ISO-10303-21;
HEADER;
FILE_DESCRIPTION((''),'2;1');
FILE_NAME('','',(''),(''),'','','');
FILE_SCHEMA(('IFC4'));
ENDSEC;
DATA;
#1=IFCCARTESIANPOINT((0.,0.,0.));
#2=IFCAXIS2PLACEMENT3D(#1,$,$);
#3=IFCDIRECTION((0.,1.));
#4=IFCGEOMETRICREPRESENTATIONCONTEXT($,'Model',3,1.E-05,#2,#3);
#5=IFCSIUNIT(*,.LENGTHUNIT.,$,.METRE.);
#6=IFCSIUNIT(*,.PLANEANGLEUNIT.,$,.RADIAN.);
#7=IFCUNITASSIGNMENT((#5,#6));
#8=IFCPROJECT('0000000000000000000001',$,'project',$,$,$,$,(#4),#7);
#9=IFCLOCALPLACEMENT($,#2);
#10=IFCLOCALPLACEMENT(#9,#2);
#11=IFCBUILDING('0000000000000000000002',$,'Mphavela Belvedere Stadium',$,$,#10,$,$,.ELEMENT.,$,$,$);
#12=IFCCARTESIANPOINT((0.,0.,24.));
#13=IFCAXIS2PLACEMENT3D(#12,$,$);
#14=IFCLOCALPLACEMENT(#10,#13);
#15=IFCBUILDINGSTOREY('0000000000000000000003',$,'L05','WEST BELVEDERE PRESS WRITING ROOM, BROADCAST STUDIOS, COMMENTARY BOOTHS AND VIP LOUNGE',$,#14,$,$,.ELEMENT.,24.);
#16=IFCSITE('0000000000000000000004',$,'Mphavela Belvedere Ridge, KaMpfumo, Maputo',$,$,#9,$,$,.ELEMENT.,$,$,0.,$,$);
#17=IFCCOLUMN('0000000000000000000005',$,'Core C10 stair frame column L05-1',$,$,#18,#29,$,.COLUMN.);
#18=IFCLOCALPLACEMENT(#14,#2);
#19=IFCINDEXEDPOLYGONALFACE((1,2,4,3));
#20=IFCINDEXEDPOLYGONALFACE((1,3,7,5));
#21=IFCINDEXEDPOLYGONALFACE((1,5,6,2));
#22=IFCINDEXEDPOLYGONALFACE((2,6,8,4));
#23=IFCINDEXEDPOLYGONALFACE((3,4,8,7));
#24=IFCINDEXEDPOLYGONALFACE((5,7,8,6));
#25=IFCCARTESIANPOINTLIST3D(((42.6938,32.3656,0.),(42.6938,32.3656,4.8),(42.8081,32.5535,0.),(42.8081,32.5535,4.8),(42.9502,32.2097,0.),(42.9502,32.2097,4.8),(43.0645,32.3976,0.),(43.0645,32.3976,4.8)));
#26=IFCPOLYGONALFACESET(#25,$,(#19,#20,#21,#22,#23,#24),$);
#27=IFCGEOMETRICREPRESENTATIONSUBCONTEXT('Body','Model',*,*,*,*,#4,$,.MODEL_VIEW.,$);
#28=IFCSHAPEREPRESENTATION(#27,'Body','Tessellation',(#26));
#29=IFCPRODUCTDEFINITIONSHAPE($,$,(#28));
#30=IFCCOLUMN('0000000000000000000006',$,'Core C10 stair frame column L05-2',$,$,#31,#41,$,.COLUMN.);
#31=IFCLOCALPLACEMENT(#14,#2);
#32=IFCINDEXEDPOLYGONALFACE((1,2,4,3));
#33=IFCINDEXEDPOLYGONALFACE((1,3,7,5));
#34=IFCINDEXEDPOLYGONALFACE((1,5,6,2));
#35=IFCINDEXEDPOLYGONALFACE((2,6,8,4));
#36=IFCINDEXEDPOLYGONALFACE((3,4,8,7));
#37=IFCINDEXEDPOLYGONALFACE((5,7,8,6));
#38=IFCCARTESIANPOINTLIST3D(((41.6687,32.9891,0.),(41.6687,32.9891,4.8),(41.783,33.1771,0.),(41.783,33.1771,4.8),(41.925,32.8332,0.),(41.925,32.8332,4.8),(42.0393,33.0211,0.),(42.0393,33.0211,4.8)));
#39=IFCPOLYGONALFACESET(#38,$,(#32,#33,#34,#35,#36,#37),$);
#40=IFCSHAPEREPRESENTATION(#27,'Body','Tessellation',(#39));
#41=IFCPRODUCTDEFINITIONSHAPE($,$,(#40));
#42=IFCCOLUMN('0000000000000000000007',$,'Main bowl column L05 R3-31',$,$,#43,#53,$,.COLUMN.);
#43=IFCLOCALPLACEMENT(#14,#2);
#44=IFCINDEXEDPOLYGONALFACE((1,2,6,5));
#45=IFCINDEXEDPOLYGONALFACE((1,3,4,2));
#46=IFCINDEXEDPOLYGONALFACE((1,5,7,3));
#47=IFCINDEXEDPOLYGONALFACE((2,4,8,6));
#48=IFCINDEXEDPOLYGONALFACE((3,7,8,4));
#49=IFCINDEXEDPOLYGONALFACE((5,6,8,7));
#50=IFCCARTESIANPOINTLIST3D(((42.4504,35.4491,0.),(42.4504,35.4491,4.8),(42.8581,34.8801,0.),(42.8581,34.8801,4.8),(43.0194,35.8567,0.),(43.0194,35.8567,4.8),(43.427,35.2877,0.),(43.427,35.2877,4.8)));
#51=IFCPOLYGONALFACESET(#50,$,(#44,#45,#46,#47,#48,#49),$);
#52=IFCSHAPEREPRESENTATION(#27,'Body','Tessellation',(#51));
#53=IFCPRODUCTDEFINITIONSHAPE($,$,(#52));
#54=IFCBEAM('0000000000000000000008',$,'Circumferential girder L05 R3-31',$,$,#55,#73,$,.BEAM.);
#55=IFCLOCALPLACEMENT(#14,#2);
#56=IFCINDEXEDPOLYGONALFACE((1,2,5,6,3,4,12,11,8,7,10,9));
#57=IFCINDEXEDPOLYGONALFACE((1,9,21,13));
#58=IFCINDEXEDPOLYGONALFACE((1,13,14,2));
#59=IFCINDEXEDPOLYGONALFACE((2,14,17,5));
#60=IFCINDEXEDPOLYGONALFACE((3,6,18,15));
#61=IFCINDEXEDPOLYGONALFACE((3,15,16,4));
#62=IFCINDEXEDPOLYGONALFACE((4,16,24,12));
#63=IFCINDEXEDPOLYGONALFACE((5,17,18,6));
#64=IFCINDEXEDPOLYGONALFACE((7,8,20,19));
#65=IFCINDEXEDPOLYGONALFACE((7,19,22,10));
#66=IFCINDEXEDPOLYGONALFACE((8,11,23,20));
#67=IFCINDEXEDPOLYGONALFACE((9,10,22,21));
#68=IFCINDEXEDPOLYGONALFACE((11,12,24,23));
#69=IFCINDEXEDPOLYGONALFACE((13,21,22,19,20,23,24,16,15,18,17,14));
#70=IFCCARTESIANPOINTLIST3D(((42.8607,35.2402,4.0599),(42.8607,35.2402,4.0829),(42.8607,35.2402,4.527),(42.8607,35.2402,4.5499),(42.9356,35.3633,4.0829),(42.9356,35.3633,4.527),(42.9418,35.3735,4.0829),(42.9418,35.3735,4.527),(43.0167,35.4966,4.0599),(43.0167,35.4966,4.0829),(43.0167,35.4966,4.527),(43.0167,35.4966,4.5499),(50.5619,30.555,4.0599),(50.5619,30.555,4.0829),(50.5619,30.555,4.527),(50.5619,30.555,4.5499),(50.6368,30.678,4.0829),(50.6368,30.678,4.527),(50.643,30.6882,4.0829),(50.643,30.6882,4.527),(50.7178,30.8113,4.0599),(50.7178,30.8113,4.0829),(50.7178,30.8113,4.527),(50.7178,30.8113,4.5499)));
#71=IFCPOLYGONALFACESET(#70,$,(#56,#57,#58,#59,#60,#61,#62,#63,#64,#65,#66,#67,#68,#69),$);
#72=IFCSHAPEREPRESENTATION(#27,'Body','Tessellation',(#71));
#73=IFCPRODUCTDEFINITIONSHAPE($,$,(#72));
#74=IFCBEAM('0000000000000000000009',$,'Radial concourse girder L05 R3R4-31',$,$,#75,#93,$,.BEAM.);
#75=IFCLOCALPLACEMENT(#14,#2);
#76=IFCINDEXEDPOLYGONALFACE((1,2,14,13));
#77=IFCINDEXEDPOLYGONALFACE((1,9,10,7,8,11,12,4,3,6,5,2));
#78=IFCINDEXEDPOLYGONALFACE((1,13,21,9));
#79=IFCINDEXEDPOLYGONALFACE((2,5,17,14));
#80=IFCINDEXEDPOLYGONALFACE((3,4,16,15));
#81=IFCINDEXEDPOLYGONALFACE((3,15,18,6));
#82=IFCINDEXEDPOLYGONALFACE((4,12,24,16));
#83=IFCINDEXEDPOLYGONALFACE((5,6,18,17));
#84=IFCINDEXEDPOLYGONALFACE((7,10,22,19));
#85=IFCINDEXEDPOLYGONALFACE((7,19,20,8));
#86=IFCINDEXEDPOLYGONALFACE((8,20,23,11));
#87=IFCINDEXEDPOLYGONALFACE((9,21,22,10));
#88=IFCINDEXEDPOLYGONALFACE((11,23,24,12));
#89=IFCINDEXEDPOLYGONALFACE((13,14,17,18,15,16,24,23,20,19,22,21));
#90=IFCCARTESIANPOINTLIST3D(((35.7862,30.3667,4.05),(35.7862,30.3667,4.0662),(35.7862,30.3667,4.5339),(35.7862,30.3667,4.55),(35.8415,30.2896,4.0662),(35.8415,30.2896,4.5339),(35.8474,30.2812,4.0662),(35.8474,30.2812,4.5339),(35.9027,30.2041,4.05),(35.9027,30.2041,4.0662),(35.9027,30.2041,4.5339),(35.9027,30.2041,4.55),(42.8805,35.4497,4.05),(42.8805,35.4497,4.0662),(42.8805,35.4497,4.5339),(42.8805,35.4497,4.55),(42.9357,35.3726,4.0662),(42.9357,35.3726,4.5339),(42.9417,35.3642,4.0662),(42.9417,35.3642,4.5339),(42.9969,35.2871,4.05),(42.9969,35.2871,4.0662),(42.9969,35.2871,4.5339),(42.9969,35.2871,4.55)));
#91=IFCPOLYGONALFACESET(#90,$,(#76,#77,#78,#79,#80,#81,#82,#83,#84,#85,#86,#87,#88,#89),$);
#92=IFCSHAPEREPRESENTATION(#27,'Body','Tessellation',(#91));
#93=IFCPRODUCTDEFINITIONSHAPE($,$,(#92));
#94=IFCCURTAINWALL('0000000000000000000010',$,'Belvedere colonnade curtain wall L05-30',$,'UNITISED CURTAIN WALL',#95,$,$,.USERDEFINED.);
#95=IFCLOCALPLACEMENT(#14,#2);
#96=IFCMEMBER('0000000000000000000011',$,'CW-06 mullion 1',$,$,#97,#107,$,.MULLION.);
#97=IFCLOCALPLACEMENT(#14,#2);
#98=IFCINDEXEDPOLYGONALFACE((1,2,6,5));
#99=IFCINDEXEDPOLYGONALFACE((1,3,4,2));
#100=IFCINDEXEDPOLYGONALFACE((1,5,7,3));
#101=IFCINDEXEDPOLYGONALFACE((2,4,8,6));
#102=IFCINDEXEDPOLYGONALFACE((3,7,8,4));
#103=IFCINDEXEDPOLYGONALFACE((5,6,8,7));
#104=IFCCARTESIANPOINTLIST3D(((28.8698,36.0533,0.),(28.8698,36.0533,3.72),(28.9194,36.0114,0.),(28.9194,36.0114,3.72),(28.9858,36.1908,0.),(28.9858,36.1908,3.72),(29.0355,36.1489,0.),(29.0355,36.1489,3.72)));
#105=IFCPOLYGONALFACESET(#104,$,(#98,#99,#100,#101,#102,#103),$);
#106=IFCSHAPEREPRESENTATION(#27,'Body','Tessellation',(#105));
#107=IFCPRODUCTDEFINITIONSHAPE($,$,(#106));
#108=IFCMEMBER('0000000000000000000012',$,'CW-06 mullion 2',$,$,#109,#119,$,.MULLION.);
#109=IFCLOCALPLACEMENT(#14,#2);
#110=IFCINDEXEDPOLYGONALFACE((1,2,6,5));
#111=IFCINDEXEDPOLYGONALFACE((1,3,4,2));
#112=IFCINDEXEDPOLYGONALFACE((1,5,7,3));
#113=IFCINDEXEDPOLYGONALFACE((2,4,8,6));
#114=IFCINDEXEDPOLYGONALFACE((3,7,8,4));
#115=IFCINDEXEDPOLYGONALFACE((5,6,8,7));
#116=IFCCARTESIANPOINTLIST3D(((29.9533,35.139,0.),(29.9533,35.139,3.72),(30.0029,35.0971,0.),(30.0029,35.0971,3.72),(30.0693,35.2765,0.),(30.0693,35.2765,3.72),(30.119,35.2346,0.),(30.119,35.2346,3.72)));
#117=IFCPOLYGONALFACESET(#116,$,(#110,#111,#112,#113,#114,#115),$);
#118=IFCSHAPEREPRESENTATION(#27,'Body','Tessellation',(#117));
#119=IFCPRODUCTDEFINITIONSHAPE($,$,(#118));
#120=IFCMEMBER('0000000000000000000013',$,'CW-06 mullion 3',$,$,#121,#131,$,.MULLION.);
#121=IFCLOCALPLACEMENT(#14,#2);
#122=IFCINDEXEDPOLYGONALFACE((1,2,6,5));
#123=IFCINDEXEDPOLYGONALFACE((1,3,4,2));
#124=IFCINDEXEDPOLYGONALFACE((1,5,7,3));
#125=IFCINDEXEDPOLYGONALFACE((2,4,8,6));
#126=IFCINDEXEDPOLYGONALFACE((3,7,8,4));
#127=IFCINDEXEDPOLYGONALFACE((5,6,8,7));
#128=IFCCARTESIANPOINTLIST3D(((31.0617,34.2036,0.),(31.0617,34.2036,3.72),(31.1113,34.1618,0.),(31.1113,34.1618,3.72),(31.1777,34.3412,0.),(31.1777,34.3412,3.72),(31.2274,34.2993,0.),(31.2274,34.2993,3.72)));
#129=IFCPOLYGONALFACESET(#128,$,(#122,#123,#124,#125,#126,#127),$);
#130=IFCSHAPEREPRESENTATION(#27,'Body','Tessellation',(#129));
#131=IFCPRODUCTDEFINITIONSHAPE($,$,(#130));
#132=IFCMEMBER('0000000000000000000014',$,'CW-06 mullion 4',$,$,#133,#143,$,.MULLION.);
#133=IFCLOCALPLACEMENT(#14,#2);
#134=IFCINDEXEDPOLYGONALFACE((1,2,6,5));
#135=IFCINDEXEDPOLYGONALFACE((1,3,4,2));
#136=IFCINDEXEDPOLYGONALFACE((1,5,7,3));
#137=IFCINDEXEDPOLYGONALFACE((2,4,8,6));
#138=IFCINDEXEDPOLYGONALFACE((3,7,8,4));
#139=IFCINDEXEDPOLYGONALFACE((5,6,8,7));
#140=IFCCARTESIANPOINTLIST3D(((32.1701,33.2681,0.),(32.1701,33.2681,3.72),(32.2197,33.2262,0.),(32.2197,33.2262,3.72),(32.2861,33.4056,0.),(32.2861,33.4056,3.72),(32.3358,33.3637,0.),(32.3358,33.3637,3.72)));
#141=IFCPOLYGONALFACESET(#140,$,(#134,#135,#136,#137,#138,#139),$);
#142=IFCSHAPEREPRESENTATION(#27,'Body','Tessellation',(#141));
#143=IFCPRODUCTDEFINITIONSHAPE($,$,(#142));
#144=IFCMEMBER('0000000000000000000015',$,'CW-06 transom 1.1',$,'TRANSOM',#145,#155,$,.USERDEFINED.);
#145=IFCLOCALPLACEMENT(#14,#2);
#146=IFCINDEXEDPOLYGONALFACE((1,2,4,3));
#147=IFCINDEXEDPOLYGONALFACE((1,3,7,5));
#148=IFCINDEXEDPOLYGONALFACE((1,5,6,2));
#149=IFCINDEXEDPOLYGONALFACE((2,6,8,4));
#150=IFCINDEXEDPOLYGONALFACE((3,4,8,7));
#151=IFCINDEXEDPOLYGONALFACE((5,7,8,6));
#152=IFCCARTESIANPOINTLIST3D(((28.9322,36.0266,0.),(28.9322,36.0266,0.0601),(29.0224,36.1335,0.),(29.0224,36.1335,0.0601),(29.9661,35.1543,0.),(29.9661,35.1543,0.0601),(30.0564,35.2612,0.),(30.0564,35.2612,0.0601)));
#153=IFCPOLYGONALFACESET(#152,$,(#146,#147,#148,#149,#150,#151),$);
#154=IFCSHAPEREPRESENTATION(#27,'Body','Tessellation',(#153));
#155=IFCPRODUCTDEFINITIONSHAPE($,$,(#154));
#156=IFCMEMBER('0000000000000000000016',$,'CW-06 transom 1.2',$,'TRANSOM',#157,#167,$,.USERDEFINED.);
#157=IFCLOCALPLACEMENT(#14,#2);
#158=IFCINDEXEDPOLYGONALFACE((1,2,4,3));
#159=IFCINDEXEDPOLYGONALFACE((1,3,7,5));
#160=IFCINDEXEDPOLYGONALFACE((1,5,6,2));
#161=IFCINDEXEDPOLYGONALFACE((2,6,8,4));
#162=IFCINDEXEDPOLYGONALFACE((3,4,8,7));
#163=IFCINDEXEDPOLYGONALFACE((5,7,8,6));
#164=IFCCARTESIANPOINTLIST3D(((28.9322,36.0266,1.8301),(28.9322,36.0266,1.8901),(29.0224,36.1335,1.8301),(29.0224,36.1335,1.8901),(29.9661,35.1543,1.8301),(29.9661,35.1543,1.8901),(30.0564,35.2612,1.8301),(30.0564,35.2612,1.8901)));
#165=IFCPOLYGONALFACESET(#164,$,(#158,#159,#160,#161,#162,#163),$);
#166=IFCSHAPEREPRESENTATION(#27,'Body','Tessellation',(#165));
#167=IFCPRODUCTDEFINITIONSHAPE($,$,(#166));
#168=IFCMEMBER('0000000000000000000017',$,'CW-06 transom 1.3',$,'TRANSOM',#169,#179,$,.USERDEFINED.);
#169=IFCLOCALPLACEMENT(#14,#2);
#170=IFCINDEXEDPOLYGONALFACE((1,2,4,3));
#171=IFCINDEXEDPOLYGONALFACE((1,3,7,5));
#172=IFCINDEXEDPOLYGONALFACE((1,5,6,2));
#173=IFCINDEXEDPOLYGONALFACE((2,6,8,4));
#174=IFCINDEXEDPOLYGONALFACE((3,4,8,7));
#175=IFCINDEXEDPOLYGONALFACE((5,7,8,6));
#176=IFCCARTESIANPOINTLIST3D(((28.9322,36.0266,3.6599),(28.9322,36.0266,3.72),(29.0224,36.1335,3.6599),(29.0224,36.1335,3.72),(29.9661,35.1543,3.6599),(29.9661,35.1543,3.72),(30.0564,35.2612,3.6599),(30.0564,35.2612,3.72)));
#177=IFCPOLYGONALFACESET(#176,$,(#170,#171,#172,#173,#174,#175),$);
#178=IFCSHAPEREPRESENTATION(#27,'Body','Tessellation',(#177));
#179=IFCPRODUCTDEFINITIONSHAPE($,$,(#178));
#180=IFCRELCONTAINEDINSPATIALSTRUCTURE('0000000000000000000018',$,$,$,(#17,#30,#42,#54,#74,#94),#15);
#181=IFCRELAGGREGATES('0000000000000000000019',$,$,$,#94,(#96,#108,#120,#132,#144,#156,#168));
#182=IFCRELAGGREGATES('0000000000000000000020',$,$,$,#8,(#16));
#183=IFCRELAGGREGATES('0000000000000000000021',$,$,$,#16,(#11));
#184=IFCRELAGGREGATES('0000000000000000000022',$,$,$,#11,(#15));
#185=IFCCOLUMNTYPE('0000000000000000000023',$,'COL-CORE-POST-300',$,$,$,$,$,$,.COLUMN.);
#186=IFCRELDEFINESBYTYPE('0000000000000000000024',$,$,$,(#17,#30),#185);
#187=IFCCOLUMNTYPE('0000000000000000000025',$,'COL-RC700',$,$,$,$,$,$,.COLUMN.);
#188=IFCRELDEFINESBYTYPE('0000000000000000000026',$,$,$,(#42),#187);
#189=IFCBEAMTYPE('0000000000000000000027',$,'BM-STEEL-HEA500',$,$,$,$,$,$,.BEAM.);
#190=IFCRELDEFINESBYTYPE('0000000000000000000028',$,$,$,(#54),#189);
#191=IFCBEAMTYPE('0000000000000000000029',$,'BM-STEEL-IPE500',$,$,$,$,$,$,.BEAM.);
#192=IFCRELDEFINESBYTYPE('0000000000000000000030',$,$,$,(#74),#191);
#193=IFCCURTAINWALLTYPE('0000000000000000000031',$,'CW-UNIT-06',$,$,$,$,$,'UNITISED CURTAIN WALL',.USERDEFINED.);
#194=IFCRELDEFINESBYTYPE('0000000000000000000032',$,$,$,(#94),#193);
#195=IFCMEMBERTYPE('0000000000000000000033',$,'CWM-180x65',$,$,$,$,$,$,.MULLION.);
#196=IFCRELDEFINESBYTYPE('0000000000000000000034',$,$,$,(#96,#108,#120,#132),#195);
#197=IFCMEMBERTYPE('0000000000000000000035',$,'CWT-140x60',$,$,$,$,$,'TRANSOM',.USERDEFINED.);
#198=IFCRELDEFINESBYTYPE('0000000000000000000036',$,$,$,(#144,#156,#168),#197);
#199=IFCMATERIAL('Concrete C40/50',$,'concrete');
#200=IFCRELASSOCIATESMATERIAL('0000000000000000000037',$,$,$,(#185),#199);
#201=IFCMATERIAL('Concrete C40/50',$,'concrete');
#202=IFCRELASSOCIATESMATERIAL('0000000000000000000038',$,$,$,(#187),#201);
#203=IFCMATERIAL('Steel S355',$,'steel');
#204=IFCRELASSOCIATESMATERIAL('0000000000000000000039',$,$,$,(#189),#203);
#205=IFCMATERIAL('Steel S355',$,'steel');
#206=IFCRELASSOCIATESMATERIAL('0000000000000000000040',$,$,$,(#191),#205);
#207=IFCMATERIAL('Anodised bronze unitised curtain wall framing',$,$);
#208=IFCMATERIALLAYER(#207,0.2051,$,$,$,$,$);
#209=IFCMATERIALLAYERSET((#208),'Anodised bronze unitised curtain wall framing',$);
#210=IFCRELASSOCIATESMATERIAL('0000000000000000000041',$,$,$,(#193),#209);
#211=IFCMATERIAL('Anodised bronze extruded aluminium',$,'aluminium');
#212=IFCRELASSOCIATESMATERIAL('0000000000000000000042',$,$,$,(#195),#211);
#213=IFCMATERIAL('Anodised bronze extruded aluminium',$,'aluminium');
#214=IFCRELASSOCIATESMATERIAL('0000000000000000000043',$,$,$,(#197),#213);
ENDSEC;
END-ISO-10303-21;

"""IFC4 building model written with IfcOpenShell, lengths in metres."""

from ifc_helpers import new_model, si_unit, direction, frame, origin, origin_2d, place, context, subcontext, project, spatial, rectangle, i_section, extrude, material, layer, layer_set, material_profile, profile_set, type_object, element, aggregate, save


model = new_model("IFC4")

# Units and contexts
model_context = context("Model", 3, precision=1e-05, world=origin(), true_north=direction((0.0, 1.0)))
body_context = subcontext(model_context, "Body", "Model", "MODEL_VIEW")
ifc_project = project(units=[si_unit("LENGTHUNIT", "METRE"), si_unit("PLANEANGLEUNIT", "RADIAN")], contexts=[model_context])

# Site, building, storey
site_placement = place(None, origin())
site = spatial("IfcSite", under=ifc_project, at=site_placement, Name="Mphavela Belvedere Ridge, KaMpfumo, Maputo", CompositionType="ELEMENT", RefElevation=0.0)
building_placement = place(site_placement, origin())
building = spatial("IfcBuilding", under=site, at=building_placement, Name="Mphavela Belvedere Stadium", CompositionType="ELEMENT")
storey_placement = place(building_placement, frame((0.0, 0.0, 24.0)))
storey = spatial("IfcBuildingStorey", under=building, at=storey_placement, Name="L05", Description="WEST BELVEDERE PRESS WRITING ROOM, BROADCAST STUDIOS, COMMENTARY BOOTHS AND VIP LOUNGE", CompositionType="ELEMENT", Elevation=24.0)

# Columns
ifc_material_1 = material(Name="Concrete C40/50", Category="concrete")
ifc_material_profile_1 = material_profile(ifc_material_1, rectangle(XDim=0.3, YDim=0.22, at=origin_2d()), Name="RC 300x220")
ifc_profile_set_1 = profile_set([ifc_material_profile_1], Name="Concrete C40/50")
column_type_1 = type_object("IfcColumnType", Name="COL-CORE-POST-300", PredefinedType="COLUMN", material=ifc_profile_set_1)
for number, where, z_axis, x_axis, name in (
    (1, (42.8792, 32.3816, 0.0), (0.0, 0.0, 1.0), (-0.854368, 0.519668, 0.0), "Core C10 stair frame column L05-1"),
    (2, (41.854, 33.0051, 0.0), (0.0, 0.0, 1.0), (-0.854368, 0.519668, 0.0), "Core C10 stair frame column L05-2"),
):
    element("IfcColumn", number, at=place(storey_placement, frame(where, z_axis=z_axis, x_axis=x_axis)), inside=storey, type_object=column_type_1, Name=name, PredefinedType="COLUMN", context=body_context, shape_type="SweptSolid", body=[
        extrude(rectangle(XDim=0.3, YDim=0.22, at=origin_2d()), origin(), (0.0, 0.0, 1.0), 4.8),
    ])
ifc_material_2 = material(Name="Concrete C40/50", Category="concrete")
ifc_material_profile_2 = material_profile(ifc_material_2, rectangle(XDim=0.7, YDim=0.7, at=origin_2d()), Name="RC 700x700")
ifc_profile_set_2 = profile_set([ifc_material_profile_2], Name="Concrete C40/50")
column_type_2 = type_object("IfcColumnType", Name="COL-RC700", PredefinedType="COLUMN", material=ifc_profile_set_2)
column_placement = place(storey_placement, frame((42.9387, 35.3684, 0.0), z_axis=(0.0, 0.0, 1.0), x_axis=(-0.812898, -0.582407, 0.0)))
element("IfcColumn", 3, at=column_placement, inside=storey, type_object=column_type_2, Name="Main bowl column L05 R3-31", PredefinedType="COLUMN", context=body_context, shape_type="SweptSolid", body=[
    extrude(rectangle(XDim=0.7, YDim=0.7, at=origin_2d()), origin(), (0.0, 0.0, 1.0), 4.8),
])

# Beams
ifc_material_3 = material(Name="Steel S355", Category="steel")
ifc_material_profile_3 = material_profile(ifc_material_3, i_section(OverallWidth=0.3, OverallDepth=0.49, WebThickness=0.012, FlangeThickness=0.0229, at=origin_2d()), Name="HEA 500")
ifc_profile_set_3 = profile_set([ifc_material_profile_3], Name="Steel S355")
beam_type_1 = type_object("IfcBeamType", Name="BM-STEEL-HEA500", PredefinedType="BEAM", material=ifc_profile_set_3)
beam_1_placement = place(storey_placement, frame((42.9387, 35.3684, 4.3049), z_axis=(0.854315, -0.519755, 0.0), x_axis=(0.519755, 0.854315, 0.0)))
element("IfcBeam", 4, at=beam_1_placement, inside=storey, type_object=beam_type_1, Name="Circumferential girder L05 R3-31", PredefinedType="BEAM", context=body_context, shape_type="SweptSolid", body=[
    extrude(i_section(OverallWidth=0.3, OverallDepth=0.49, WebThickness=0.012, FlangeThickness=0.0229, at=origin_2d()), origin(), (0.0, 0.0, 1.0), 9.0144),
])
ifc_material_4 = material(Name="Steel S355", Category="steel")
ifc_material_profile_4 = material_profile(ifc_material_4, i_section(OverallWidth=0.2, OverallDepth=0.5, WebThickness=0.0103, FlangeThickness=0.0161, at=origin_2d()), Name="IPE 500")
ifc_profile_set_4 = profile_set([ifc_material_profile_4], Name="Steel S355")
beam_type_2 = type_object("IfcBeamType", Name="BM-STEEL-IPE500", PredefinedType="BEAM", material=ifc_profile_set_4)
beam_2_placement = place(storey_placement, frame((42.9387, 35.3684, 4.3), z_axis=(-0.812882, -0.582428, 0.0), x_axis=(0.582428, -0.812882, 0.0)))
element("IfcBeam", 5, at=beam_2_placement, inside=storey, type_object=beam_type_2, Name="Radial concourse girder L05 R3R4-31", PredefinedType="BEAM", context=body_context, shape_type="SweptSolid", body=[
    extrude(i_section(OverallWidth=0.2, OverallDepth=0.5, WebThickness=0.0103, FlangeThickness=0.0161, at=origin_2d()), origin(), (0.0, 0.0, 1.0), 8.7273),
])

# Curtain wall, members
ifc_material_5 = material(Name="Anodised bronze unitised curtain wall framing")
ifc_layer_1 = layer(ifc_material_5, 0.2051)
ifc_layer_set_1 = layer_set([ifc_layer_1], Name="Anodised bronze unitised curtain wall framing")
curtain_wall_type = type_object("IfcCurtainWallType", Name="CW-UNIT-06", ElementType="UNITISED CURTAIN WALL", PredefinedType="USERDEFINED", material=ifc_layer_set_1)
curtain_wall_placement = place(storey_placement, origin())
curtain_wall = element("IfcCurtainWall", 6, at=curtain_wall_placement, inside=storey, type_object=curtain_wall_type, Name="Belvedere colonnade curtain wall L05-30", ObjectType="UNITISED CURTAIN WALL", PredefinedType="USERDEFINED")
ifc_material_6 = material(Name="Anodised bronze extruded aluminium", Category="aluminium")
ifc_material_profile_5 = material_profile(ifc_material_6, rectangle(XDim=0.1799, YDim=0.0649, at=origin_2d()), Name="CW-MUL 180x65")
ifc_profile_set_5 = profile_set([ifc_material_profile_5], Name="Anodised bronze extruded aluminium")
member_type_1 = type_object("IfcMemberType", Name="CWM-180x65", PredefinedType="MULLION", material=ifc_profile_set_5)
member_1_placement = place(storey_placement, frame((28.9526, 36.1011, 0.0), z_axis=(0.0, 0.0, 1.0), x_axis=(0.644916, 0.764253, 0.0)))
member_1 = element("IfcMember", 7, at=member_1_placement, type_object=member_type_1, Name="CW-06 mullion 1", PredefinedType="MULLION", context=body_context, shape_type="SweptSolid", body=[
    extrude(rectangle(XDim=0.1799, YDim=0.0649, at=origin_2d()), origin(), (0.0, 0.0, 1.0), 3.72),
])
member_2_placement = place(storey_placement, frame((30.0361, 35.1868, 0.0), z_axis=(0.0, 0.0, 1.0), x_axis=(0.644916, 0.764253, 0.0)))
member_2 = element("IfcMember", 8, at=member_2_placement, type_object=member_type_1, Name="CW-06 mullion 2", PredefinedType="MULLION", context=body_context, shape_type="SweptSolid", body=[
    extrude(rectangle(XDim=0.1799, YDim=0.0649, at=origin_2d()), origin(), (0.0, 0.0, 1.0), 3.72),
])
member_3_placement = place(storey_placement, frame((31.1445, 34.2515, 0.0), z_axis=(0.0, 0.0, 1.0), x_axis=(0.644916, 0.764253, 0.0)))
member_3 = element("IfcMember", 9, at=member_3_placement, type_object=member_type_1, Name="CW-06 mullion 3", PredefinedType="MULLION", context=body_context, shape_type="SweptSolid", body=[
    extrude(rectangle(XDim=0.1799, YDim=0.0649, at=origin_2d()), origin(), (0.0, 0.0, 1.0), 3.72),
])
member_4_placement = place(storey_placement, frame((32.2529, 33.3159, 0.0), z_axis=(0.0, 0.0, 1.0), x_axis=(0.644916, 0.764253, 0.0)))
member_4 = element("IfcMember", 10, at=member_4_placement, type_object=member_type_1, Name="CW-06 mullion 4", PredefinedType="MULLION", context=body_context, shape_type="SweptSolid", body=[
    extrude(rectangle(XDim=0.1799, YDim=0.0649, at=origin_2d()), origin(), (0.0, 0.0, 1.0), 3.72),
])
ifc_material_7 = material(Name="Anodised bronze extruded aluminium", Category="aluminium")
ifc_material_profile_6 = material_profile(ifc_material_7, rectangle(XDim=0.1399, YDim=0.0601, at=origin_2d()), Name="CW-TRN 140x60")
ifc_profile_set_6 = profile_set([ifc_material_profile_6], Name="Anodised bronze extruded aluminium")
member_type_2 = type_object("IfcMemberType", Name="CWT-140x60", ElementType="TRANSOM", PredefinedType="USERDEFINED", material=ifc_profile_set_6)
member_5_placement = place(storey_placement, frame((28.9773, 36.0801, 0.03), z_axis=(0.764317, -0.644841, 0.0), x_axis=(0.644841, 0.764317, 0.0)))
member_5 = element("IfcMember", 11, at=member_5_placement, type_object=member_type_2, Name="CW-06 transom 1.1", ObjectType="TRANSOM", PredefinedType="USERDEFINED", context=body_context, shape_type="SweptSolid", body=[
    extrude(rectangle(XDim=0.1399, YDim=0.0601, at=origin_2d()), origin(), (0.0, 0.0, 1.0), 1.3528),
])
member_6_placement = place(storey_placement, frame((28.9773, 36.0801, 1.8601), z_axis=(0.764317, -0.644841, 0.0), x_axis=(0.644841, 0.764317, 0.0)))
member_6 = element("IfcMember", 12, at=member_6_placement, type_object=member_type_2, Name="CW-06 transom 1.2", ObjectType="TRANSOM", PredefinedType="USERDEFINED", context=body_context, shape_type="SweptSolid", body=[
    extrude(rectangle(XDim=0.1399, YDim=0.0601, at=origin_2d()), origin(), (0.0, 0.0, 1.0), 1.3528),
])
member_7_placement = place(storey_placement, frame((28.9773, 36.0801, 3.6899), z_axis=(0.764317, -0.644841, 0.0), x_axis=(0.644841, 0.764317, 0.0)))
member_7 = element("IfcMember", 13, at=member_7_placement, type_object=member_type_2, Name="CW-06 transom 1.3", ObjectType="TRANSOM", PredefinedType="USERDEFINED", context=body_context, shape_type="SweptSolid", body=[
    extrude(rectangle(XDim=0.1399, YDim=0.0601, at=origin_2d()), origin(), (0.0, 0.0, 1.0), 1.3528),
])
aggregate(curtain_wall, [member_1, member_2, member_3, member_4, member_5, member_6, member_7])

save(model, "model.ifc")
